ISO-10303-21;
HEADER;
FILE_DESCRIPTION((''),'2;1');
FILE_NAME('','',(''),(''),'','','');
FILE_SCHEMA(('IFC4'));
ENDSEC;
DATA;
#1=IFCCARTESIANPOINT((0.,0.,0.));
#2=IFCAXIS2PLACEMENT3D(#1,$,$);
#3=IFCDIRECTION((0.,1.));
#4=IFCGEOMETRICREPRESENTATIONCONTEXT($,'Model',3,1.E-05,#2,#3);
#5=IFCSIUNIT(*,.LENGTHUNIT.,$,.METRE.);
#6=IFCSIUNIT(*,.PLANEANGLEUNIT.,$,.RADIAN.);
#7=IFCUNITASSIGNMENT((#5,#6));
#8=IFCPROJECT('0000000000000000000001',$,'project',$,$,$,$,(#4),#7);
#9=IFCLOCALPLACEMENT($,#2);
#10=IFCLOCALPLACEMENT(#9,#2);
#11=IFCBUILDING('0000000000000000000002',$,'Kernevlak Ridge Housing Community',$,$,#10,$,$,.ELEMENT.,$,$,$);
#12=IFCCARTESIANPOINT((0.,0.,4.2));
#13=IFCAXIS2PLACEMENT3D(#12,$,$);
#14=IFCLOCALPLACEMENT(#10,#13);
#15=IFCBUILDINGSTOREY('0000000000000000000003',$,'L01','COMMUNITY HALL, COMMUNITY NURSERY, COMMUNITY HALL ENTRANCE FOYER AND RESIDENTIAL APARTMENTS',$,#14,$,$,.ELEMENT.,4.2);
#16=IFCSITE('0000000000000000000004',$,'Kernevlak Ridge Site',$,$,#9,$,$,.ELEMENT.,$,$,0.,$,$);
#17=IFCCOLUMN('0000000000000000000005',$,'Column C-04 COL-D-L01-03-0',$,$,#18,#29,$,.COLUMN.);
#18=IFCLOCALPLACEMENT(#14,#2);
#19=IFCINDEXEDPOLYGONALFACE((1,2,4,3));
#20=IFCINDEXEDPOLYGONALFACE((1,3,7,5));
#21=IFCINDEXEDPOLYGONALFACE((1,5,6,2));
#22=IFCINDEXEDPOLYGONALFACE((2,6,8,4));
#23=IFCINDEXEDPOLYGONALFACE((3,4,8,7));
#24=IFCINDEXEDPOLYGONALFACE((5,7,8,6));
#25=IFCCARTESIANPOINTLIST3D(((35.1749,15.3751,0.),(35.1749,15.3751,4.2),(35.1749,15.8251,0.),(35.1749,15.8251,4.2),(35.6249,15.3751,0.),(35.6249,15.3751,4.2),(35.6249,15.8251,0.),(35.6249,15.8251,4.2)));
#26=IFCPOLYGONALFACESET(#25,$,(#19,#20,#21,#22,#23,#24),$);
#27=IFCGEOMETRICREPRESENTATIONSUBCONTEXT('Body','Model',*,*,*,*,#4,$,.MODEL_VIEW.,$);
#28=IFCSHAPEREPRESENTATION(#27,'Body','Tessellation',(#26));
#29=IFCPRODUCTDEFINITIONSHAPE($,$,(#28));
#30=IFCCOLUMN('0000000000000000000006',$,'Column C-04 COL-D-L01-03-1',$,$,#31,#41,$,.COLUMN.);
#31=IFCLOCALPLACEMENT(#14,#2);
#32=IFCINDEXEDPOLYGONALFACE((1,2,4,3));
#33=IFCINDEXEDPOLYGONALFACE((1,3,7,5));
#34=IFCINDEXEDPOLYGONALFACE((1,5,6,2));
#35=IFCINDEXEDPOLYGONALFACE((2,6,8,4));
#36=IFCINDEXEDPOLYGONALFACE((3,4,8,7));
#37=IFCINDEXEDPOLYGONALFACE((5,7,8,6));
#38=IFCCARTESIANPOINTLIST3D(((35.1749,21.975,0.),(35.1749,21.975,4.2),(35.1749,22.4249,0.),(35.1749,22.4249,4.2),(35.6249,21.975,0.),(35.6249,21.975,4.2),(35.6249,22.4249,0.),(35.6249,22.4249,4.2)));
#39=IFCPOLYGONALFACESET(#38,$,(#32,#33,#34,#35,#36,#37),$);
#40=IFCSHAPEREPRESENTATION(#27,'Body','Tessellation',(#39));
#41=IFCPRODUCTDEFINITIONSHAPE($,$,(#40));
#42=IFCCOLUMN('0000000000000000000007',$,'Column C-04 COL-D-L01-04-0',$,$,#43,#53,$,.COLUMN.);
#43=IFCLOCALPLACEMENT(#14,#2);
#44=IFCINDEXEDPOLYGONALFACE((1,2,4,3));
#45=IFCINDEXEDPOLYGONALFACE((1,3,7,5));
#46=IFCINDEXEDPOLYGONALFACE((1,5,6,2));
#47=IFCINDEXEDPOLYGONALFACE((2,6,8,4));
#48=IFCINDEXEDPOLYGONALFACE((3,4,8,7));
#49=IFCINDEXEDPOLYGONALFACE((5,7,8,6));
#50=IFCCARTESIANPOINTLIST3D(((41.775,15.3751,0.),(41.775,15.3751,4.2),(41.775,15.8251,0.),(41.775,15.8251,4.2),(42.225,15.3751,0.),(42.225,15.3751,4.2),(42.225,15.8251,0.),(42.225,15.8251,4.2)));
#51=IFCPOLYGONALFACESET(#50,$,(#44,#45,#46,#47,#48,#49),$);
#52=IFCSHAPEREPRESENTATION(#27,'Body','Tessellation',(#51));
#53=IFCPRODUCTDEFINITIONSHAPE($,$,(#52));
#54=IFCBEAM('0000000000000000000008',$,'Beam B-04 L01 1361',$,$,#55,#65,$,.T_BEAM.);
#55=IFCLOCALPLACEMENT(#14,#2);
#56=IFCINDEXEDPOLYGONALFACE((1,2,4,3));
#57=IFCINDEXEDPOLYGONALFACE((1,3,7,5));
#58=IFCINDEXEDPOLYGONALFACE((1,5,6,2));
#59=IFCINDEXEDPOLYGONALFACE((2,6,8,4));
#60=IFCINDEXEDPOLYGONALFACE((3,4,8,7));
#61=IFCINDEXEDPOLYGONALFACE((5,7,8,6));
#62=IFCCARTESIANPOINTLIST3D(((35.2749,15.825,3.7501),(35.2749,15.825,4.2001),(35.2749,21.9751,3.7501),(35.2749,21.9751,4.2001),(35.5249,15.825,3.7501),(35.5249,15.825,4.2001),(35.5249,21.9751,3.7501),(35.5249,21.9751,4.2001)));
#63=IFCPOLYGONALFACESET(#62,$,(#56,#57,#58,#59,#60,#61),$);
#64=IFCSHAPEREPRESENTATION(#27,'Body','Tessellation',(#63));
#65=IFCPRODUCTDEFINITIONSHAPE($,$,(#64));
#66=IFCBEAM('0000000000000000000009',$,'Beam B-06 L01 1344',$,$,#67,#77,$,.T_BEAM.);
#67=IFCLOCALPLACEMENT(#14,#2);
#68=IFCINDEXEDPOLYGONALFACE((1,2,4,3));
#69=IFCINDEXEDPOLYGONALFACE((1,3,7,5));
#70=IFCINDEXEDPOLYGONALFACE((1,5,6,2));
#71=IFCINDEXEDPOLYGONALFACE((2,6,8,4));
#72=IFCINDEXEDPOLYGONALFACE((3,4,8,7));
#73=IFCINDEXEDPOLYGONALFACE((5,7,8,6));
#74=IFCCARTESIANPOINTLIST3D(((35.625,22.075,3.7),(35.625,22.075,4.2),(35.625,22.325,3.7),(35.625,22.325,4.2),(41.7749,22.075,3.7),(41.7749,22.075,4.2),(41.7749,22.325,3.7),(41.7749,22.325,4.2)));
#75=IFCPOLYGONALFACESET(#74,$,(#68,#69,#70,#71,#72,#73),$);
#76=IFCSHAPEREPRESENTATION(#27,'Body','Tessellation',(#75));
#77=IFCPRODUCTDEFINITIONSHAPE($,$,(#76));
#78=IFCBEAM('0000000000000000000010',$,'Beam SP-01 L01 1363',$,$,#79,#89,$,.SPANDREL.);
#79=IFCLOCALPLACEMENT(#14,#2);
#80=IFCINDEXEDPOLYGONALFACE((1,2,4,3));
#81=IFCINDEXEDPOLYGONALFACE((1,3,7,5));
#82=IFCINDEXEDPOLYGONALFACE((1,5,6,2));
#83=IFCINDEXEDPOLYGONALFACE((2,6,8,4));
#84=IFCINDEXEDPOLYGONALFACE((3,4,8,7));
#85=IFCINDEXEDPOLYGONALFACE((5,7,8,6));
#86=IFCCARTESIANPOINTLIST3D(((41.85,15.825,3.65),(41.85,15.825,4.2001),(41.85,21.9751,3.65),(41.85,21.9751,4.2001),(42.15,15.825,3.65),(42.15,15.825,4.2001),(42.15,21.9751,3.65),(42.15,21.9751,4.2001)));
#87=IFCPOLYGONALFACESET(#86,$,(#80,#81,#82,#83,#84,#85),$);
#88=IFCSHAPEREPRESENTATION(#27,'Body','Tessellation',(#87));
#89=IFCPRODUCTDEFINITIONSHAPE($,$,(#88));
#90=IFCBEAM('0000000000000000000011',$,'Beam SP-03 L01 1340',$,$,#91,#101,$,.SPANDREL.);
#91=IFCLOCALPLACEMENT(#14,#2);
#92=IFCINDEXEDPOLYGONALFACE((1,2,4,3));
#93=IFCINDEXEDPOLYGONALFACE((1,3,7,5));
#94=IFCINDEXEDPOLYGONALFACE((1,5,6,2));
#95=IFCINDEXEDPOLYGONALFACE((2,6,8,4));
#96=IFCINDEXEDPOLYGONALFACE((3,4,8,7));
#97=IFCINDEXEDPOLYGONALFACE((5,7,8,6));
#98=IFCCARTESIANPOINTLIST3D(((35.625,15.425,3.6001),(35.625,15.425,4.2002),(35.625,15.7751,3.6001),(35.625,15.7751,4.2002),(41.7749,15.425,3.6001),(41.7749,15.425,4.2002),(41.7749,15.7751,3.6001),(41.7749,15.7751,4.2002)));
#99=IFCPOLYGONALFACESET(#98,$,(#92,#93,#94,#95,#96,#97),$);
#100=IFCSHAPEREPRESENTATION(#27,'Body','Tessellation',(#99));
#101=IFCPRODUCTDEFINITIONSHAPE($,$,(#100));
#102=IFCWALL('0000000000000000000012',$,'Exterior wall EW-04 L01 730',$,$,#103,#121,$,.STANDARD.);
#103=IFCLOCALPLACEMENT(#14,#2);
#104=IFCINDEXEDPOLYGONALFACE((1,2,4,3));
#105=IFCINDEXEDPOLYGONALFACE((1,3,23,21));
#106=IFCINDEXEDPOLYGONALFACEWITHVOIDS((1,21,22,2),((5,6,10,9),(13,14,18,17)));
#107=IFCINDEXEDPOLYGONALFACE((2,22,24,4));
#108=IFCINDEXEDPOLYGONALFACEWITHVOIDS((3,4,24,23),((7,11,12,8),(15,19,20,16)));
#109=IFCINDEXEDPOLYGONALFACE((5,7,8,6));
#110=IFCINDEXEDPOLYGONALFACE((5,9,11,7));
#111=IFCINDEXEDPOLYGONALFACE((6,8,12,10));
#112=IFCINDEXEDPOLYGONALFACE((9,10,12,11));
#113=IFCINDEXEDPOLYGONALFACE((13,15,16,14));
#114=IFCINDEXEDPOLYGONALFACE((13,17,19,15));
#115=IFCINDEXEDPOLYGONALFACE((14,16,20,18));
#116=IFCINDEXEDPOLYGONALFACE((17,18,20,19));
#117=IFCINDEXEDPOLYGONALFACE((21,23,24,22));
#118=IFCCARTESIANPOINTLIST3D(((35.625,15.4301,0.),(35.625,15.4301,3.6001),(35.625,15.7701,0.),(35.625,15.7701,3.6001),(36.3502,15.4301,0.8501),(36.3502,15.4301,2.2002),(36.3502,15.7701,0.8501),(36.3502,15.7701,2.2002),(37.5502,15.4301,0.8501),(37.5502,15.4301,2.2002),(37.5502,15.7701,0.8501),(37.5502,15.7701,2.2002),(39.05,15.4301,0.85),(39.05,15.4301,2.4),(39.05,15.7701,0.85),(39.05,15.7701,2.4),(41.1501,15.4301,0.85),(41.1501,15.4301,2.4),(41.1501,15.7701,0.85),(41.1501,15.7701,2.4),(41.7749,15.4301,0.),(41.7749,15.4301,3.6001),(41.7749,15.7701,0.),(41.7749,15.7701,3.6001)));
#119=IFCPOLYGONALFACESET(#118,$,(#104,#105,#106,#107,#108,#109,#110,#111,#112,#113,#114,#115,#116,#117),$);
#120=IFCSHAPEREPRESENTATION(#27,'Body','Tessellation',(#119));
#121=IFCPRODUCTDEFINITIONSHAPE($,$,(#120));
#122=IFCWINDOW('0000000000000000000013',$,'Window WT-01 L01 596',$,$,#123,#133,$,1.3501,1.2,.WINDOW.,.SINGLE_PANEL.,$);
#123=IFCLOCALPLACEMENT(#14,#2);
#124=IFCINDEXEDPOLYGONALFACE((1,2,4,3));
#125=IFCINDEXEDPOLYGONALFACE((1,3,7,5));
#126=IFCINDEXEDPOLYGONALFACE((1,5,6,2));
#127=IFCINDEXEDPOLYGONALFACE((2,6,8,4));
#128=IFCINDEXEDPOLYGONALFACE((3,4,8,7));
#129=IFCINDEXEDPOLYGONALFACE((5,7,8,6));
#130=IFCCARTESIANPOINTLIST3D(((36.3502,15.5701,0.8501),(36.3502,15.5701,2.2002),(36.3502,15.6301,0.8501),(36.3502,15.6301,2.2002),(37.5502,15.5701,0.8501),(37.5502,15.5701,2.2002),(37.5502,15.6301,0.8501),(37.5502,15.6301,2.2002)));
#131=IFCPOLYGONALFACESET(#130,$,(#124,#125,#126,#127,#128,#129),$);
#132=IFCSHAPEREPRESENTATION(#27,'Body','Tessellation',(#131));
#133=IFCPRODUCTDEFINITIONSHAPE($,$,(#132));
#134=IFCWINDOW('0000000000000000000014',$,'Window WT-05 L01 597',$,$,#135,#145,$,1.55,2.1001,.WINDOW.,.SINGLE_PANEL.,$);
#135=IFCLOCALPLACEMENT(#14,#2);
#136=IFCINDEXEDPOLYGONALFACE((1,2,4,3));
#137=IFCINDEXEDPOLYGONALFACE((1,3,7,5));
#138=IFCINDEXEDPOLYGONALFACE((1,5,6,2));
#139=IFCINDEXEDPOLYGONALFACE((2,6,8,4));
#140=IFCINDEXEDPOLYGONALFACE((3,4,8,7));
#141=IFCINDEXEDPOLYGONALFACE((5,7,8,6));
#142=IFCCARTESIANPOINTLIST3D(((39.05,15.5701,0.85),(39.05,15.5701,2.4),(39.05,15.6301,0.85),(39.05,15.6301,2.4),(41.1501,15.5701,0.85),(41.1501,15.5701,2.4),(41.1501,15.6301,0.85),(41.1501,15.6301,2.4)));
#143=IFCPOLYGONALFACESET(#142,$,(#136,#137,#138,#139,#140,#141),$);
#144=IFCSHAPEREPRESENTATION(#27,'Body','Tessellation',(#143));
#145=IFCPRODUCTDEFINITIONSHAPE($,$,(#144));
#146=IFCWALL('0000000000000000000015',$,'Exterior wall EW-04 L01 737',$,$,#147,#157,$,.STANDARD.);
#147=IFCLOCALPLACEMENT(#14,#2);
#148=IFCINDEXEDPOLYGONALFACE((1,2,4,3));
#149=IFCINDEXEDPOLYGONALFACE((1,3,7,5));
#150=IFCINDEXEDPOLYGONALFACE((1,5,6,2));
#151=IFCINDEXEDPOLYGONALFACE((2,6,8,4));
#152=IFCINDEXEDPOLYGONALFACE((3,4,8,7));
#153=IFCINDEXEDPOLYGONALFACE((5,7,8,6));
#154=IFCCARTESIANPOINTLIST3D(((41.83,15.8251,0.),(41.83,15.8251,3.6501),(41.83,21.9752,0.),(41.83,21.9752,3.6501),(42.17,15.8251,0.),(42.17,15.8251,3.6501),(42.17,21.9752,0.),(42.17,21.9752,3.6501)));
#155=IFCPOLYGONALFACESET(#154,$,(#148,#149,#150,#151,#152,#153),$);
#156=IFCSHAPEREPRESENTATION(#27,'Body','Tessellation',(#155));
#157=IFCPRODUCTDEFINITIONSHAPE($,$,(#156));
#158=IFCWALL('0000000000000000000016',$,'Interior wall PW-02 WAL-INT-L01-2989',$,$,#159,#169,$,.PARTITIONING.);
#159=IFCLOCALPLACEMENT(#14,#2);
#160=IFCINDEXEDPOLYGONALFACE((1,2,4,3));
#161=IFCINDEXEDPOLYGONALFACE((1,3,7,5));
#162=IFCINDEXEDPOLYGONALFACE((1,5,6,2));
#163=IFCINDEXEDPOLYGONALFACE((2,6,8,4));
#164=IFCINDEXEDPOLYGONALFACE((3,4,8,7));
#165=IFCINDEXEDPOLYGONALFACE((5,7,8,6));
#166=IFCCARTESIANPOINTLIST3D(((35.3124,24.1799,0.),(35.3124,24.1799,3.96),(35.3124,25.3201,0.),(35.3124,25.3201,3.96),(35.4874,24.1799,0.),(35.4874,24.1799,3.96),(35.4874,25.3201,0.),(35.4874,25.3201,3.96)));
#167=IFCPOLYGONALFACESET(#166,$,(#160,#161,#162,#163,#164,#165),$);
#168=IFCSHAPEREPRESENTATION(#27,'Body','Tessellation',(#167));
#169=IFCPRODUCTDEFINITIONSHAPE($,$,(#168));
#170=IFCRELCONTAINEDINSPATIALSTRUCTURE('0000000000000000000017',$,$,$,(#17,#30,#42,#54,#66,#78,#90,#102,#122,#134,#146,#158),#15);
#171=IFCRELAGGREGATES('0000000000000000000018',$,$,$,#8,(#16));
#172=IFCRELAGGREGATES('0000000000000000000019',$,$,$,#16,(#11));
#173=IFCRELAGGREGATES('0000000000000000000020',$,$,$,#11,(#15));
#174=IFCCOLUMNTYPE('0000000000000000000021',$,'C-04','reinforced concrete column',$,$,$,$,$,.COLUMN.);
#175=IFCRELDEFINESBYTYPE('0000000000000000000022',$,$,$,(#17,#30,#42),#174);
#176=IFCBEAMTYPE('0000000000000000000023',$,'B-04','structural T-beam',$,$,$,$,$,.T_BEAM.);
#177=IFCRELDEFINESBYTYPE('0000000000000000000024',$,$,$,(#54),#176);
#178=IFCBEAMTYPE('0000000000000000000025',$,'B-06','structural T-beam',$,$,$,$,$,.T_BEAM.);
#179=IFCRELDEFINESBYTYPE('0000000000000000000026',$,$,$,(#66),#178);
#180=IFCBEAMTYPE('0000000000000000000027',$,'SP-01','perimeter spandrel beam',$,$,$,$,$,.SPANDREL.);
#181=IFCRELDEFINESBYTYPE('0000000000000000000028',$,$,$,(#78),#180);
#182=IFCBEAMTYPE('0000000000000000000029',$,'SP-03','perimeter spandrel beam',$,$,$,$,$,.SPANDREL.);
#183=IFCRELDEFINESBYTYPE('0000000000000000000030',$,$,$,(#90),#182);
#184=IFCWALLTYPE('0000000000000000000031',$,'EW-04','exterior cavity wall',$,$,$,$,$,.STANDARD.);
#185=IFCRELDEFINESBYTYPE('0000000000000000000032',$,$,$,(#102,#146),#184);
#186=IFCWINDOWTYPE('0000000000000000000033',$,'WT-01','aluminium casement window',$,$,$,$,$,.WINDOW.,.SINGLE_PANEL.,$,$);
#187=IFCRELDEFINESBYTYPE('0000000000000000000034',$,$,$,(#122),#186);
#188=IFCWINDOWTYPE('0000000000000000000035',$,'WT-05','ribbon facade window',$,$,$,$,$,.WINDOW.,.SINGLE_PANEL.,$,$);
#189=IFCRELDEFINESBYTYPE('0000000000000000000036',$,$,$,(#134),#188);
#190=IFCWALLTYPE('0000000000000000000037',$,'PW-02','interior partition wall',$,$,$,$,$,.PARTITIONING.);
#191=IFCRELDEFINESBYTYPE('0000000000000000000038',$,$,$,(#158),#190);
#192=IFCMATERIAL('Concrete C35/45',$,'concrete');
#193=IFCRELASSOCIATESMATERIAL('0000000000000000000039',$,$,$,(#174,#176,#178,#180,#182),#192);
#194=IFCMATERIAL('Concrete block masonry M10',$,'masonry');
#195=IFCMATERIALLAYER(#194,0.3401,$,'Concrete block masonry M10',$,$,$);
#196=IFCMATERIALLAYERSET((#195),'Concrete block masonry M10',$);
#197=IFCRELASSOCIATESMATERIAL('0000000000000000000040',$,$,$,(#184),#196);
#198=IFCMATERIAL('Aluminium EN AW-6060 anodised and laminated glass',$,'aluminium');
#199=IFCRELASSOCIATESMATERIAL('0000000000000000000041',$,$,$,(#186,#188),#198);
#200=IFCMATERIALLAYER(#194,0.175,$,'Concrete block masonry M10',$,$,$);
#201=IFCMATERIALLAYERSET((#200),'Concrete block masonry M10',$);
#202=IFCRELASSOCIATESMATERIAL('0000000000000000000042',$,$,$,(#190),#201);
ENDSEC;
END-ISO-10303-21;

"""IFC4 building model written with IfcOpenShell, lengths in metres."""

from ifc_helpers import new_model, si_unit, direction, frame, frame_2d, origin, origin_2d, place, context, subcontext, project, spatial, rectangle, extrude, material, layer, layer_set, material_profile, profile_set, type_object, element, fill, save


model = new_model("IFC4")

# Units and contexts
model_context = context("Model", 3, precision=1e-05, world=origin(), true_north=direction((0.0, 1.0)))
body_context = subcontext(model_context, "Body", "Model", "MODEL_VIEW")
ifc_project = project(units=[si_unit("LENGTHUNIT", "METRE"), si_unit("PLANEANGLEUNIT", "RADIAN")], contexts=[model_context])

# Site, building, storey
site_placement = place(None, origin())
site = spatial("IfcSite", under=ifc_project, at=site_placement, Name="Kernevlak Ridge Site", CompositionType="ELEMENT", RefElevation=0.0)
building_placement = place(site_placement, origin())
building = spatial("IfcBuilding", under=site, at=building_placement, Name="Kernevlak Ridge Housing Community", CompositionType="ELEMENT")
storey_placement = place(building_placement, frame((0.0, 0.0, 4.2)))
storey = spatial("IfcBuildingStorey", under=building, at=storey_placement, Name="L01", Description="COMMUNITY HALL, COMMUNITY NURSERY, COMMUNITY HALL ENTRANCE FOYER AND RESIDENTIAL APARTMENTS", CompositionType="ELEMENT", Elevation=4.2)

# Columns
ifc_material_1 = material(Name="Concrete C35/45", Category="concrete")
ifc_material_profile_1 = material_profile(ifc_material_1, rectangle(XDim=0.45, YDim=0.45, at=origin_2d()), Name="RC 450x450")
ifc_profile_set_1 = profile_set([ifc_material_profile_1], Name="Concrete C35/45")
column_type = type_object("IfcColumnType", Name="C-04", Description="reinforced concrete column", PredefinedType="COLUMN", material=ifc_profile_set_1)
for number, where, z_axis, x_axis, name in (
    (1, (35.3999, 15.6001, 0.0), (0.0, 0.0, 1.0), (1.0, 0.0, 0.0), "Column C-04 COL-D-L01-03-0"),
    (2, (35.3999, 22.2, 0.0), (0.0, 0.0, 1.0), (1.0, 0.0, 0.0), "Column C-04 COL-D-L01-03-1"),
    (3, (42.0, 15.6001, 0.0), (0.0, 0.0, 1.0), (1.0, 0.0, 0.0), "Column C-04 COL-D-L01-04-0"),
):
    element("IfcColumn", number, at=place(storey_placement, frame(where, z_axis=z_axis, x_axis=x_axis)), inside=storey, type_object=column_type, Name=name, PredefinedType="COLUMN", context=body_context, shape_type="SweptSolid", body=[
        extrude(rectangle(XDim=0.45, YDim=0.45, at=origin_2d()), origin(), (0.0, 0.0, 1.0), 4.2),
    ])

# Beams
ifc_material_profile_2 = material_profile(ifc_material_1, rectangle(XDim=0.25, YDim=0.45, at=origin_2d()), Name="RC 250x450")
ifc_profile_set_2 = profile_set([ifc_material_profile_2], Name="Concrete C35/45")
beam_type_1 = type_object("IfcBeamType", Name="B-04", Description="structural T-beam", PredefinedType="T_BEAM", material=ifc_profile_set_2)
beam_1_placement = place(storey_placement, frame((35.3999, 15.825, 3.9751), z_axis=(0.0, 1.0, 0.0), x_axis=(-1.0, 0.0, 0.0)))
element("IfcBeam", 4, at=beam_1_placement, inside=storey, type_object=beam_type_1, Name="Beam B-04 L01 1361", PredefinedType="T_BEAM", context=body_context, shape_type="SweptSolid", body=[
    extrude(rectangle(XDim=0.25, YDim=0.45, at=origin_2d()), origin(), (0.0, 0.0, 1.0), 6.1501),
])
ifc_material_profile_3 = material_profile(ifc_material_1, rectangle(XDim=0.25, YDim=0.5, at=origin_2d()), Name="RC 250x500")
ifc_profile_set_3 = profile_set([ifc_material_profile_3], Name="Concrete C35/45")
beam_type_2 = type_object("IfcBeamType", Name="B-06", Description="structural T-beam", PredefinedType="T_BEAM", material=ifc_profile_set_3)
beam_2_placement = place(storey_placement, frame((35.625, 22.2, 3.95), z_axis=(1.0, 0.0, 0.0), x_axis=(0.0, 1.0, 0.0)))
element("IfcBeam", 5, at=beam_2_placement, inside=storey, type_object=beam_type_2, Name="Beam B-06 L01 1344", PredefinedType="T_BEAM", context=body_context, shape_type="SweptSolid", body=[
    extrude(rectangle(XDim=0.25, YDim=0.5, at=origin_2d()), origin(), (0.0, 0.0, 1.0), 6.1499),
])
ifc_material_profile_4 = material_profile(ifc_material_1, rectangle(XDim=0.3, YDim=0.55, at=origin_2d()), Name="RC 300x550")
ifc_profile_set_4 = profile_set([ifc_material_profile_4], Name="Concrete C35/45")
beam_type_3 = type_object("IfcBeamType", Name="SP-01", Description="perimeter spandrel beam", PredefinedType="SPANDREL", material=ifc_profile_set_4)
beam_3_placement = place(storey_placement, frame((42.0, 15.825, 3.925), z_axis=(0.0, 1.0, 0.0), x_axis=(-1.0, 0.0, 0.0)))
element("IfcBeam", 6, at=beam_3_placement, inside=storey, type_object=beam_type_3, Name="Beam SP-01 L01 1363", PredefinedType="SPANDREL", context=body_context, shape_type="SweptSolid", body=[
    extrude(rectangle(XDim=0.3, YDim=0.55, at=origin_2d()), origin(), (0.0, 0.0, 1.0), 6.1501),
])
ifc_material_profile_5 = material_profile(ifc_material_1, rectangle(XDim=0.3501, YDim=0.6001, at=origin_2d()), Name="RC 350x600")
ifc_profile_set_5 = profile_set([ifc_material_profile_5], Name="Concrete C35/45")
beam_type_4 = type_object("IfcBeamType", Name="SP-03", Description="perimeter spandrel beam", PredefinedType="SPANDREL", material=ifc_profile_set_5)
beam_4_placement = place(storey_placement, frame((35.625, 15.6001, 3.9001), z_axis=(1.0, 0.0, 0.0), x_axis=(0.0, 1.0, 0.0)))
element("IfcBeam", 7, at=beam_4_placement, inside=storey, type_object=beam_type_4, Name="Beam SP-03 L01 1340", PredefinedType="SPANDREL", context=body_context, shape_type="SweptSolid", body=[
    extrude(rectangle(XDim=0.3501, YDim=0.6001, at=origin_2d()), origin(), (0.0, 0.0, 1.0), 6.1499),
])

# Wall, openings, windows
ifc_material_2 = material(Name="Concrete block masonry M10", Category="masonry")
ifc_layer_1 = layer(ifc_material_2, 0.3401, Name="Concrete block masonry M10")
ifc_layer_set_1 = layer_set([ifc_layer_1], Name="Concrete block masonry M10")
wall_type_1 = type_object("IfcWallType", Name="EW-04", Description="exterior cavity wall", PredefinedType="STANDARD", material=ifc_layer_set_1)
wall_1_placement = place(storey_placement, frame((35.625, 15.6001, 0.0), z_axis=(0.0, 0.0, 1.0), x_axis=(1.0, 0.0, 0.0)))
wall_1 = element("IfcWall", 8, at=wall_1_placement, inside=storey, type_object=wall_type_1, Name="Exterior wall EW-04 L01 730", PredefinedType="STANDARD", context=body_context, shape_type="SweptSolid", body=[
    extrude(rectangle(XDim=6.1499, YDim=0.3401, at=frame_2d((3.075, 0.0))), origin(), (0.0, 0.0, 1.0), 3.6001),
])
opening_1_placement = place(wall_1_placement, frame((0.7251, 0.0, 0.8501)))
opening_1 = element("IfcOpeningElement", 9, at=opening_1_placement, cuts=wall_1, PredefinedType="OPENING", context=body_context, shape_type="SweptSolid", body=[
    extrude(rectangle(XDim=1.2, YDim=1.3501, at=frame_2d((0.6001, 0.675))), frame((0.0, 0.1799, 0.0), z_axis=(0.0, -1.0, 0.0), x_axis=(1.0, 0.0, 0.0)), (0.0, 0.0, 1.0), 0.3601),
])
opening_2_placement = place(wall_1_placement, frame((3.425, 0.0, 0.8501)))
opening_2 = element("IfcOpeningElement", 10, at=opening_2_placement, cuts=wall_1, PredefinedType="OPENING", context=body_context, shape_type="SweptSolid", body=[
    extrude(rectangle(XDim=2.1001, YDim=1.55, at=frame_2d((1.05, 0.7749))), frame((0.0, 0.1799, 0.0), z_axis=(0.0, -1.0, 0.0), x_axis=(1.0, 0.0, 0.0)), (0.0, 0.0, 1.0), 0.3601),
])
ifc_material_3 = material(Name="Aluminium EN AW-6060 anodised and laminated glass", Category="aluminium")
window_type_1 = type_object("IfcWindowType", Name="WT-01", Description="aluminium casement window", PartitioningType="SINGLE_PANEL", PredefinedType="WINDOW", material=ifc_material_3)
window_1_placement = place(opening_1_placement, origin())
window_1 = element("IfcWindow", 11, at=window_1_placement, inside=storey, type_object=window_type_1, Name="Window WT-01 L01 596", OverallHeight=1.3501, OverallWidth=1.2, PartitioningType="SINGLE_PANEL", PredefinedType="WINDOW", context=body_context, shape_type="SweptSolid", body=[
    extrude(rectangle(XDim=1.2, YDim=1.3501, at=frame_2d((0.6001, 0.675))), frame((0.0, 0.03, 0.0), z_axis=(0.0, -1.0, 0.0), x_axis=(1.0, 0.0, 0.0)), (0.0, 0.0, 1.0), 0.0601),
])
fill(opening_1, window_1)
window_type_2 = type_object("IfcWindowType", Name="WT-05", Description="ribbon facade window", PartitioningType="SINGLE_PANEL", PredefinedType="WINDOW", material=ifc_material_3)
window_2_placement = place(opening_2_placement, origin())
window_2 = element("IfcWindow", 12, at=window_2_placement, inside=storey, type_object=window_type_2, Name="Window WT-05 L01 597", OverallHeight=1.55, OverallWidth=2.1001, PartitioningType="SINGLE_PANEL", PredefinedType="WINDOW", context=body_context, shape_type="SweptSolid", body=[
    extrude(rectangle(XDim=2.1001, YDim=1.55, at=frame_2d((1.05, 0.7749))), frame((0.0, 0.03, 0.0), z_axis=(0.0, -1.0, 0.0), x_axis=(1.0, 0.0, 0.0)), (0.0, 0.0, 1.0), 0.0601),
])
fill(opening_2, window_2)

# Walls
wall_2_placement = place(storey_placement, frame((42.0, 15.825, 0.0), z_axis=(0.0, 0.0, 1.0), x_axis=(0.0, 1.0, 0.0)))
element("IfcWall", 13, at=wall_2_placement, inside=storey, type_object=wall_type_1, Name="Exterior wall EW-04 L01 737", PredefinedType="STANDARD", context=body_context, shape_type="SweptSolid", body=[
    extrude(rectangle(XDim=6.1501, YDim=0.3401, at=frame_2d((3.0752, 0.0))), origin(), (0.0, 0.0, 1.0), 3.6501),
])
ifc_layer_2 = layer(ifc_material_2, 0.175, Name="Concrete block masonry M10")
ifc_layer_set_2 = layer_set([ifc_layer_2], Name="Concrete block masonry M10")
wall_type_2 = type_object("IfcWallType", Name="PW-02", Description="interior partition wall", PredefinedType="PARTITIONING", material=ifc_layer_set_2)
wall_3_placement = place(storey_placement, frame((35.3999, 24.1799, 0.0), z_axis=(0.0, 0.0, 1.0), x_axis=(0.0, 1.0, 0.0)))
element("IfcWall", 14, at=wall_3_placement, inside=storey, type_object=wall_type_2, Name="Interior wall PW-02 WAL-INT-L01-2989", PredefinedType="PARTITIONING", context=body_context, shape_type="SweptSolid", body=[
    extrude(rectangle(XDim=1.1401, YDim=0.175, at=frame_2d((0.5701, 0.0))), origin(), (0.0, 0.0, 1.0), 3.96),
])

save(model, "model.ifc")
